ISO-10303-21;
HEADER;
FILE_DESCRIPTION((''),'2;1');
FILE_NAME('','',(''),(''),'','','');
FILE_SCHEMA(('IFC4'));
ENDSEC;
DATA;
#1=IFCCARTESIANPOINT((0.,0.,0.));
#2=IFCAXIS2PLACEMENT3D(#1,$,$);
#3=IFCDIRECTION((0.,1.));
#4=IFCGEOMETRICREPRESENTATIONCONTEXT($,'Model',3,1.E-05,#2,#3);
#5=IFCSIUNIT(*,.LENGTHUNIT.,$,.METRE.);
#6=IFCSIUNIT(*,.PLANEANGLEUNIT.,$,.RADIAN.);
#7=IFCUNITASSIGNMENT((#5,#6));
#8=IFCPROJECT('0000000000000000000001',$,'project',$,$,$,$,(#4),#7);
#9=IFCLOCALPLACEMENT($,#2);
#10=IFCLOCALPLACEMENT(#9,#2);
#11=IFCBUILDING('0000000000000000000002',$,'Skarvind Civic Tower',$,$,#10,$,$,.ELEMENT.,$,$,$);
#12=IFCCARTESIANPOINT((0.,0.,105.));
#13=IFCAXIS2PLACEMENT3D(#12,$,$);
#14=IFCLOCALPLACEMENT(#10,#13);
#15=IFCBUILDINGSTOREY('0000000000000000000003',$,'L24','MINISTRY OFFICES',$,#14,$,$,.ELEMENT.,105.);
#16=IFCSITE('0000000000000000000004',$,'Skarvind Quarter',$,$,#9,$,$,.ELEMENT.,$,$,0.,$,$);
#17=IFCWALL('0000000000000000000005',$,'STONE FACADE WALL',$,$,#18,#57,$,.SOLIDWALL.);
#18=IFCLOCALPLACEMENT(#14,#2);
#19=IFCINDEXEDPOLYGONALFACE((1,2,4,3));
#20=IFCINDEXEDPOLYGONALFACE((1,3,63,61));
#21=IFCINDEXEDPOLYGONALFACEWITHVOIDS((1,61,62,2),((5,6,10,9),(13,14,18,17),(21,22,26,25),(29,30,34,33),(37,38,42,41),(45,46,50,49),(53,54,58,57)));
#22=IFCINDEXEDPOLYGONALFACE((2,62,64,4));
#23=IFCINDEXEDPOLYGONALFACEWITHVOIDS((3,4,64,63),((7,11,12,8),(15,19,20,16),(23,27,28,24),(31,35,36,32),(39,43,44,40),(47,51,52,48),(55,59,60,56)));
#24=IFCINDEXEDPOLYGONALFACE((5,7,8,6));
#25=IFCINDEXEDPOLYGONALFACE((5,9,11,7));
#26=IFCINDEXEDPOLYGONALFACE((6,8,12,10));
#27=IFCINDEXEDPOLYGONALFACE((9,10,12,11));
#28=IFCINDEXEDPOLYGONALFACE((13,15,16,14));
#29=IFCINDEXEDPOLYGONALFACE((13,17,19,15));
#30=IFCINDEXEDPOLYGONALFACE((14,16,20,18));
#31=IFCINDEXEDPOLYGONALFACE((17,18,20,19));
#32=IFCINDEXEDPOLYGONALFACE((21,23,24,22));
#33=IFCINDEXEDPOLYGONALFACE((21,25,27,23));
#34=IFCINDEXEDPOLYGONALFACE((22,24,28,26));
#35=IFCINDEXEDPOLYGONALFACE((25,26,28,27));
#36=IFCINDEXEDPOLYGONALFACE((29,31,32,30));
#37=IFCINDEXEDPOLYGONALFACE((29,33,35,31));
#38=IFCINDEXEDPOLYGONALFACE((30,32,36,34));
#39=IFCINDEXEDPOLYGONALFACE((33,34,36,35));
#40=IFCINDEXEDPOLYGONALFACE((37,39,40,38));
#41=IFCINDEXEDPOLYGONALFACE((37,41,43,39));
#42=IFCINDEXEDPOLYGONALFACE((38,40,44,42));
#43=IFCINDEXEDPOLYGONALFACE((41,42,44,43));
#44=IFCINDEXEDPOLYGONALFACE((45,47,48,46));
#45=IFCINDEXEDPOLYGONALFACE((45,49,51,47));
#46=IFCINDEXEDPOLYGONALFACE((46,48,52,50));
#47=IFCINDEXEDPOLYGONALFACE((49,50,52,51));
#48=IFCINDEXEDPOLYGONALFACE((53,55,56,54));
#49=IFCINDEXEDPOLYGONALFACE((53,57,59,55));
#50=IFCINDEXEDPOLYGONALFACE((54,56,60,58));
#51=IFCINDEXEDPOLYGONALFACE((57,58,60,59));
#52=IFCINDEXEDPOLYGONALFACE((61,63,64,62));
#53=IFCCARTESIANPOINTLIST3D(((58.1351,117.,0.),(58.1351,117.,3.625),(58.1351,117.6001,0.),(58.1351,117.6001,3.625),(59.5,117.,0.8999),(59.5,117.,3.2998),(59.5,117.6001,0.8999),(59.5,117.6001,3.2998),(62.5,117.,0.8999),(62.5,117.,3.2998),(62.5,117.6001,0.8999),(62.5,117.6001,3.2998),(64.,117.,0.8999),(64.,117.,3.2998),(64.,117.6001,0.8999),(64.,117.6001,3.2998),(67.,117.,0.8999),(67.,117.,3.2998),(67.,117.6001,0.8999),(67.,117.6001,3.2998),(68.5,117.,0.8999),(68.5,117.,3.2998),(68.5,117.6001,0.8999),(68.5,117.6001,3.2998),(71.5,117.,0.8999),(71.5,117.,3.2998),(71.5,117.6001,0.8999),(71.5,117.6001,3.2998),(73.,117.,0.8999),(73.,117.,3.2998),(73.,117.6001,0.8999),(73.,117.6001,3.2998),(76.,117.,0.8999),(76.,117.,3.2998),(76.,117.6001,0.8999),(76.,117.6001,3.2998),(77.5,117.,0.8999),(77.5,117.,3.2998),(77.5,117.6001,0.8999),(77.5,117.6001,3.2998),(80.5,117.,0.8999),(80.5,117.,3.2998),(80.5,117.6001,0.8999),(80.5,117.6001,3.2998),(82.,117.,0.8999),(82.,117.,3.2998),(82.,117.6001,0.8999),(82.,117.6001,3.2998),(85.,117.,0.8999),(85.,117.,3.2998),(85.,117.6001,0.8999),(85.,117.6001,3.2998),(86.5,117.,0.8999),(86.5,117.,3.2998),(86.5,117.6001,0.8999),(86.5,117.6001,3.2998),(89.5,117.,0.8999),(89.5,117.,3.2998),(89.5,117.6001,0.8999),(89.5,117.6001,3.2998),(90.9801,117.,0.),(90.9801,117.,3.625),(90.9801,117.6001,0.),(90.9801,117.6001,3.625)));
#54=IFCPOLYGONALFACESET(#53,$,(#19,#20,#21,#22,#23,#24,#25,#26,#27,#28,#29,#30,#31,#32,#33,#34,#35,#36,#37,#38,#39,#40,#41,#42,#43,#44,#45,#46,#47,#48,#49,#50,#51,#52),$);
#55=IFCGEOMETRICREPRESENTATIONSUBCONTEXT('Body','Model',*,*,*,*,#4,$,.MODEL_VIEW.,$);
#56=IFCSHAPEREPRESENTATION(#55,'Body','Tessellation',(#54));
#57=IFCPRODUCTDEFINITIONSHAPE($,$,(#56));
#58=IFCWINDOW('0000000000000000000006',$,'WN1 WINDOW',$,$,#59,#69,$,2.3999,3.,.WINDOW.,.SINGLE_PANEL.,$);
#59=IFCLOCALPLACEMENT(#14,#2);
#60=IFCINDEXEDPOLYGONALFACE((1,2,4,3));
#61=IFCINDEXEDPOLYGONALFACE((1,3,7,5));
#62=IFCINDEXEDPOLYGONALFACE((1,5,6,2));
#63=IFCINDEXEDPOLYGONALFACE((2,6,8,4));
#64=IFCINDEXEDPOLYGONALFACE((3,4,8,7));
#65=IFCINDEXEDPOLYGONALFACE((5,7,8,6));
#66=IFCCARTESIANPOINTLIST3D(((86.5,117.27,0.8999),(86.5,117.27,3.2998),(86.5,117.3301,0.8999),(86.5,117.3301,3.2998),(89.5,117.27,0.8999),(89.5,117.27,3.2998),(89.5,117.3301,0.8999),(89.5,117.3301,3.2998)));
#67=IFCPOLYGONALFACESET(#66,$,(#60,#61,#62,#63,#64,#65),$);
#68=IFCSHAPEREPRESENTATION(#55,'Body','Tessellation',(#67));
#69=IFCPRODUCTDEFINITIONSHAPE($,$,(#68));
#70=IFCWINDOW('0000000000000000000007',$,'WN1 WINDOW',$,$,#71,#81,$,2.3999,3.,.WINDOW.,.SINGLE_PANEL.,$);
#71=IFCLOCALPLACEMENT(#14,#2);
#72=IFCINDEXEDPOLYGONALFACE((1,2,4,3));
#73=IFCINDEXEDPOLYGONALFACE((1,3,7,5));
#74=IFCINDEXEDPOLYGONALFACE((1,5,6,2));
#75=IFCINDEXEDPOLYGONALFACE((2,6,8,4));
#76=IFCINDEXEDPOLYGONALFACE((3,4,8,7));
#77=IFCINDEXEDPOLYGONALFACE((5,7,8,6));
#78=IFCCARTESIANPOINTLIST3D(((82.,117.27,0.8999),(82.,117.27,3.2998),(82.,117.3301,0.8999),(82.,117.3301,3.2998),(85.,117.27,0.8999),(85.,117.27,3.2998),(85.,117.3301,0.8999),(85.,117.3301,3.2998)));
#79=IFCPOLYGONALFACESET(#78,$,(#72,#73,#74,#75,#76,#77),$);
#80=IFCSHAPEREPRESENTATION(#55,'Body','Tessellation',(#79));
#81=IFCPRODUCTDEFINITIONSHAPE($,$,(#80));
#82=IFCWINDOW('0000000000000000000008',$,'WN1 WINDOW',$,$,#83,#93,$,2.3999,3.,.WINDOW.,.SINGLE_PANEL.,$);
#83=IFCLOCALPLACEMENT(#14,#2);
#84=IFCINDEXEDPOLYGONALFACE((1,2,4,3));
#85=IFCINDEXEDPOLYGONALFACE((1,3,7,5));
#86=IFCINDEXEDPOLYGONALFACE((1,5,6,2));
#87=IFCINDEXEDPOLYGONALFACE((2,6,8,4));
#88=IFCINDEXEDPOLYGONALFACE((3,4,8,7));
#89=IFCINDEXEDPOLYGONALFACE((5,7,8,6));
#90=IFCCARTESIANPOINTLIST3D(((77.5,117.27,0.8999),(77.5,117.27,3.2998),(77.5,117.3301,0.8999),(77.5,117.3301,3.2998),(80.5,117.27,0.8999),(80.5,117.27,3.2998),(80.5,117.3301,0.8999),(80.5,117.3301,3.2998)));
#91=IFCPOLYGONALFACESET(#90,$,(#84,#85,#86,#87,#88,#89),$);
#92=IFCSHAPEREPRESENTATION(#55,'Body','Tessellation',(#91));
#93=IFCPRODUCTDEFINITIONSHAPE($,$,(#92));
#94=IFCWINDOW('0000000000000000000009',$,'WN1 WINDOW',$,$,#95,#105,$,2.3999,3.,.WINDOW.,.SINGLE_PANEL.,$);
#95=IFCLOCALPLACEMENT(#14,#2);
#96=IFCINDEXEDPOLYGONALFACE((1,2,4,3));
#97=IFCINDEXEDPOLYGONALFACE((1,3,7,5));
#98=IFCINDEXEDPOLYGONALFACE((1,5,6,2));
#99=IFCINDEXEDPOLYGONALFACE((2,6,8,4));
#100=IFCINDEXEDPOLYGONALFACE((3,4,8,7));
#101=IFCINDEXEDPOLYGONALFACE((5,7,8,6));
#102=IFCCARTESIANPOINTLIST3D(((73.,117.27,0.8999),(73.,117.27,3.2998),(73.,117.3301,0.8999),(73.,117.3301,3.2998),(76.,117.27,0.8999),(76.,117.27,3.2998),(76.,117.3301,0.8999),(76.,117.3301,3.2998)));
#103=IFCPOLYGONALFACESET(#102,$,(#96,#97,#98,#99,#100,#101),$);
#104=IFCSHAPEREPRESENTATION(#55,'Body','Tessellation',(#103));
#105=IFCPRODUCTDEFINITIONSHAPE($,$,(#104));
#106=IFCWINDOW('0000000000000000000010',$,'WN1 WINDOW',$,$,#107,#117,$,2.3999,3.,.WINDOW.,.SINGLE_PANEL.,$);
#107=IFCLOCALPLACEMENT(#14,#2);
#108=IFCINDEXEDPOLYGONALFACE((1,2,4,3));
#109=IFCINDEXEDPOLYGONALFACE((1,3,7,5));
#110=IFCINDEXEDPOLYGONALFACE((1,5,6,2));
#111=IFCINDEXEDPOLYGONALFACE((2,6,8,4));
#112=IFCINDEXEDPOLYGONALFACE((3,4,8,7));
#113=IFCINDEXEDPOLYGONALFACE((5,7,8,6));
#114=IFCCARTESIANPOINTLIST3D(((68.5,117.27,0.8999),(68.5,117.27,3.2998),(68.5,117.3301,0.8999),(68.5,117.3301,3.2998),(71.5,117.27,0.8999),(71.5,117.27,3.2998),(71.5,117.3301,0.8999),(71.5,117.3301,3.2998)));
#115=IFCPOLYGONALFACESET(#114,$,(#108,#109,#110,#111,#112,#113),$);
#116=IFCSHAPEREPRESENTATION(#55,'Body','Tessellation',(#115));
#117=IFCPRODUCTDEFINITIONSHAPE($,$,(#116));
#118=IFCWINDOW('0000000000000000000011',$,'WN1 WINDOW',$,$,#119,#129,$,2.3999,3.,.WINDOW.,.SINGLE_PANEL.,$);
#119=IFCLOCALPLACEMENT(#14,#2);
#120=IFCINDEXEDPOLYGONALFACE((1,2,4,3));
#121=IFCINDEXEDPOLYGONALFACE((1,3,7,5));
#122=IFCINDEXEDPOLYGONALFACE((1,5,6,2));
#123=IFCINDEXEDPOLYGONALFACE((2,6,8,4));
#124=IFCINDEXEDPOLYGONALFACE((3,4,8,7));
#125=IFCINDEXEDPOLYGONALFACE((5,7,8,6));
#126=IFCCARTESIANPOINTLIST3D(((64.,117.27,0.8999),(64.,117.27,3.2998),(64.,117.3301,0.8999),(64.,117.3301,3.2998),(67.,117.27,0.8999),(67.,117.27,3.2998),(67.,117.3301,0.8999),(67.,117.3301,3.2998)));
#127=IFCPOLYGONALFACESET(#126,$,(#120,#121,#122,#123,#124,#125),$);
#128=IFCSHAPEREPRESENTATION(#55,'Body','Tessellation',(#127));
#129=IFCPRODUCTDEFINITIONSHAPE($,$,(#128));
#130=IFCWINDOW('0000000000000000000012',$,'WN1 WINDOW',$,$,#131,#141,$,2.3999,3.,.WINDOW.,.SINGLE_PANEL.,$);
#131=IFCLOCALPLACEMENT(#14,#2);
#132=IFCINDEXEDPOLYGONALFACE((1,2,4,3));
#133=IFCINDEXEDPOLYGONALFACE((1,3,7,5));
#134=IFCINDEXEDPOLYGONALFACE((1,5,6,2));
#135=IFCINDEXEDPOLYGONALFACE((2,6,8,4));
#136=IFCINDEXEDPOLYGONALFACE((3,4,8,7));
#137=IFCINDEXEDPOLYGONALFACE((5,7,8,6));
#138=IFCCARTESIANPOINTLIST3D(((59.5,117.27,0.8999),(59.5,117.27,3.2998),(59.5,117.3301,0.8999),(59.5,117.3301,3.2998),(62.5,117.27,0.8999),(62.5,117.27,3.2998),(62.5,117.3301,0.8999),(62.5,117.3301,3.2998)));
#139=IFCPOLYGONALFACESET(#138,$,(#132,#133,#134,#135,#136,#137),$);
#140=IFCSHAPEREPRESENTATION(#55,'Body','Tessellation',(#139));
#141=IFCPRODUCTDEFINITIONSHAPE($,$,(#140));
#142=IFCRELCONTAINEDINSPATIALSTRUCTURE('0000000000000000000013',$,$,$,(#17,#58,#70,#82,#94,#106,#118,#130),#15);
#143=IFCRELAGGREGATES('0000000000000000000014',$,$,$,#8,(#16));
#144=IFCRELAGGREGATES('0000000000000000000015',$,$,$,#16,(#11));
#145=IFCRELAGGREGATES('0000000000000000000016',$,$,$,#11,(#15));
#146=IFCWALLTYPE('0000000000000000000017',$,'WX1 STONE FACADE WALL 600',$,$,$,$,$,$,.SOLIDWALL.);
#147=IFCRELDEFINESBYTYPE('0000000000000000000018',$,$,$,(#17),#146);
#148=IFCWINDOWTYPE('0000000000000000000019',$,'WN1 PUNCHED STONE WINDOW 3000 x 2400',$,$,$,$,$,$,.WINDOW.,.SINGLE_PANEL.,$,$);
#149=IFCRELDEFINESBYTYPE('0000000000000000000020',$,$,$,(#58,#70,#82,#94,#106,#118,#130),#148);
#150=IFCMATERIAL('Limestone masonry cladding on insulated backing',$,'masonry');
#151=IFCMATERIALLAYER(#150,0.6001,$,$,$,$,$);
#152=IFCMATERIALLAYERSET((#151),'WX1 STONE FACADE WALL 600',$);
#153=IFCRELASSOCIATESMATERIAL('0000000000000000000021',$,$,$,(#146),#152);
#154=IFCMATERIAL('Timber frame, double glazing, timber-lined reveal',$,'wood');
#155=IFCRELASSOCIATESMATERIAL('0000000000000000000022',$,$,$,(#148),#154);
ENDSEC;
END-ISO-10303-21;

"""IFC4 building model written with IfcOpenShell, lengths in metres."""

from ifc_helpers import new_model, si_unit, direction, frame, frame_2d, origin, place, context, subcontext, project, spatial, rectangle, extrude, material, layer, layer_set, type_object, element, fill, save


model = new_model("IFC4")

# Units and contexts
model_context = context("Model", 3, precision=1e-05, world=origin(), true_north=direction((0.0, 1.0)))
body_context = subcontext(model_context, "Body", "Model", "MODEL_VIEW")
ifc_project = project(units=[si_unit("LENGTHUNIT", "METRE"), si_unit("PLANEANGLEUNIT", "RADIAN")], contexts=[model_context])

# Site, building, storey
site_placement = place(None, origin())
site = spatial("IfcSite", under=ifc_project, at=site_placement, Name="Skarvind Quarter", CompositionType="ELEMENT", RefElevation=0.0)
building_placement = place(site_placement, origin())
building = spatial("IfcBuilding", under=site, at=building_placement, Name="Skarvind Civic Tower", CompositionType="ELEMENT")
storey_placement = place(building_placement, frame((0.0, 0.0, 105.0)))
storey = spatial("IfcBuildingStorey", under=building, at=storey_placement, Name="L24", Description="MINISTRY OFFICES", CompositionType="ELEMENT", Elevation=105.0)

# Wall, openings, windows
ifc_material_1 = material(Name="Limestone masonry cladding on insulated backing", Category="masonry")
ifc_layer_1 = layer(ifc_material_1, 0.6001)
ifc_layer_set_1 = layer_set([ifc_layer_1], Name="WX1 STONE FACADE WALL 600")
wall_type_1 = type_object("IfcWallType", Name="WX1 STONE FACADE WALL 600", PredefinedType="SOLIDWALL", material=ifc_layer_set_1)
wall_1_placement = place(storey_placement, frame((90.98, 117.3, 0.0), z_axis=(0.0, 0.0, 1.0), x_axis=(-1.0, 0.0, 0.0)))
wall_1 = element("IfcWall", 1, at=wall_1_placement, inside=storey, type_object=wall_type_1, Name="STONE FACADE WALL", PredefinedType="SOLIDWALL", context=body_context, shape_type="SweptSolid", body=[
    extrude(rectangle(XDim=32.845, YDim=0.6001, at=frame_2d((16.4224, 0.0))), origin(), (0.0, 0.0, 1.0), 3.625),
])
opening_1_placement = place(wall_1_placement, frame((1.48, 0.0, 0.8999)))
opening_1 = element("IfcOpeningElement", 2, at=opening_1_placement, cuts=wall_1, PredefinedType="OPENING", context=body_context, shape_type="SweptSolid", body=[
    extrude(rectangle(XDim=3.0, YDim=2.3999, at=frame_2d((1.5, 1.2))), frame((0.0, 0.3101, 0.0), z_axis=(0.0, -1.0, 0.0), x_axis=(1.0, 0.0, 0.0)), (0.0, 0.0, 1.0), 0.6201),
])
opening_2_placement = place(wall_1_placement, frame((5.98, 0.0, 0.8999)))
opening_2 = element("IfcOpeningElement", 3, at=opening_2_placement, cuts=wall_1, PredefinedType="OPENING", context=body_context, shape_type="SweptSolid", body=[
    extrude(rectangle(XDim=3.0, YDim=2.3999, at=frame_2d((1.5, 1.2))), frame((0.0, 0.3101, 0.0), z_axis=(0.0, -1.0, 0.0), x_axis=(1.0, 0.0, 0.0)), (0.0, 0.0, 1.0), 0.6201),
])
opening_3_placement = place(wall_1_placement, frame((10.48, 0.0, 0.8999)))
opening_3 = element("IfcOpeningElement", 4, at=opening_3_placement, cuts=wall_1, PredefinedType="OPENING", context=body_context, shape_type="SweptSolid", body=[
    extrude(rectangle(XDim=3.0, YDim=2.3999, at=frame_2d((1.5, 1.2))), frame((0.0, 0.3101, 0.0), z_axis=(0.0, -1.0, 0.0), x_axis=(1.0, 0.0, 0.0)), (0.0, 0.0, 1.0), 0.6201),
])
opening_4_placement = place(wall_1_placement, frame((14.98, 0.0, 0.8999)))
opening_4 = element("IfcOpeningElement", 5, at=opening_4_placement, cuts=wall_1, PredefinedType="OPENING", context=body_context, shape_type="SweptSolid", body=[
    extrude(rectangle(XDim=3.0, YDim=2.3999, at=frame_2d((1.5, 1.2))), frame((0.0, 0.3101, 0.0), z_axis=(0.0, -1.0, 0.0), x_axis=(1.0, 0.0, 0.0)), (0.0, 0.0, 1.0), 0.6201),
])
opening_5_placement = place(wall_1_placement, frame((19.48, 0.0, 0.8999)))
opening_5 = element("IfcOpeningElement", 6, at=opening_5_placement, cuts=wall_1, PredefinedType="OPENING", context=body_context, shape_type="SweptSolid", body=[
    extrude(rectangle(XDim=3.0, YDim=2.3999, at=frame_2d((1.5, 1.2))), frame((0.0, 0.3101, 0.0), z_axis=(0.0, -1.0, 0.0), x_axis=(1.0, 0.0, 0.0)), (0.0, 0.0, 1.0), 0.6201),
])
opening_6_placement = place(wall_1_placement, frame((23.98, 0.0, 0.8999)))
opening_6 = element("IfcOpeningElement", 7, at=opening_6_placement, cuts=wall_1, PredefinedType="OPENING", context=body_context, shape_type="SweptSolid", body=[
    extrude(rectangle(XDim=3.0, YDim=2.3999, at=frame_2d((1.5, 1.2))), frame((0.0, 0.3101, 0.0), z_axis=(0.0, -1.0, 0.0), x_axis=(1.0, 0.0, 0.0)), (0.0, 0.0, 1.0), 0.6201),
])
opening_7_placement = place(wall_1_placement, frame((28.48, 0.0, 0.8999)))
opening_7 = element("IfcOpeningElement", 8, at=opening_7_placement, cuts=wall_1, PredefinedType="OPENING", context=body_context, shape_type="SweptSolid", body=[
    extrude(rectangle(XDim=3.0, YDim=2.3999, at=frame_2d((1.5, 1.2))), frame((0.0, 0.3101, 0.0), z_axis=(0.0, -1.0, 0.0), x_axis=(1.0, 0.0, 0.0)), (0.0, 0.0, 1.0), 0.6201),
])
ifc_material_2 = material(Name="Timber frame, double glazing, timber-lined reveal", Category="wood")
window_type = type_object("IfcWindowType", Name="WN1 PUNCHED STONE WINDOW 3000 x 2400", PartitioningType="SINGLE_PANEL", PredefinedType="WINDOW", material=ifc_material_2)
window_1_placement = place(opening_1_placement, origin())
window_1 = element("IfcWindow", 9, at=window_1_placement, inside=storey, type_object=window_type, Name="WN1 WINDOW", OverallHeight=2.3999, OverallWidth=3.0, PartitioningType="SINGLE_PANEL", PredefinedType="WINDOW", context=body_context, shape_type="SweptSolid", body=[
    extrude(rectangle(XDim=3.0, YDim=2.3999, at=frame_2d((1.5, 1.2))), frame((0.0, 0.03, 0.0), z_axis=(0.0, -1.0, 0.0), x_axis=(1.0, 0.0, 0.0)), (0.0, 0.0, 1.0), 0.0601),
])
fill(opening_1, window_1)
window_2_placement = place(opening_2_placement, origin())
window_2 = element("IfcWindow", 10, at=window_2_placement, inside=storey, type_object=window_type, Name="WN1 WINDOW", OverallHeight=2.3999, OverallWidth=3.0, PartitioningType="SINGLE_PANEL", PredefinedType="WINDOW", context=body_context, shape_type="SweptSolid", body=[
    extrude(rectangle(XDim=3.0, YDim=2.3999, at=frame_2d((1.5, 1.2))), frame((0.0, 0.03, 0.0), z_axis=(0.0, -1.0, 0.0), x_axis=(1.0, 0.0, 0.0)), (0.0, 0.0, 1.0), 0.0601),
])
fill(opening_2, window_2)
window_3_placement = place(opening_3_placement, origin())
window_3 = element("IfcWindow", 11, at=window_3_placement, inside=storey, type_object=window_type, Name="WN1 WINDOW", OverallHeight=2.3999, OverallWidth=3.0, PartitioningType="SINGLE_PANEL", PredefinedType="WINDOW", context=body_context, shape_type="SweptSolid", body=[
    extrude(rectangle(XDim=3.0, YDim=2.3999, at=frame_2d((1.5, 1.2))), frame((0.0, 0.03, 0.0), z_axis=(0.0, -1.0, 0.0), x_axis=(1.0, 0.0, 0.0)), (0.0, 0.0, 1.0), 0.0601),
])
fill(opening_3, window_3)
window_4_placement = place(opening_4_placement, origin())
window_4 = element("IfcWindow", 12, at=window_4_placement, inside=storey, type_object=window_type, Name="WN1 WINDOW", OverallHeight=2.3999, OverallWidth=3.0, PartitioningType="SINGLE_PANEL", PredefinedType="WINDOW", context=body_context, shape_type="SweptSolid", body=[
    extrude(rectangle(XDim=3.0, YDim=2.3999, at=frame_2d((1.5, 1.2))), frame((0.0, 0.03, 0.0), z_axis=(0.0, -1.0, 0.0), x_axis=(1.0, 0.0, 0.0)), (0.0, 0.0, 1.0), 0.0601),
])
fill(opening_4, window_4)
window_5_placement = place(opening_5_placement, origin())
window_5 = element("IfcWindow", 13, at=window_5_placement, inside=storey, type_object=window_type, Name="WN1 WINDOW", OverallHeight=2.3999, OverallWidth=3.0, PartitioningType="SINGLE_PANEL", PredefinedType="WINDOW", context=body_context, shape_type="SweptSolid", body=[
    extrude(rectangle(XDim=3.0, YDim=2.3999, at=frame_2d((1.5, 1.2))), frame((0.0, 0.03, 0.0), z_axis=(0.0, -1.0, 0.0), x_axis=(1.0, 0.0, 0.0)), (0.0, 0.0, 1.0), 0.0601),
])
fill(opening_5, window_5)
window_6_placement = place(opening_6_placement, origin())
window_6 = element("IfcWindow", 14, at=window_6_placement, inside=storey, type_object=window_type, Name="WN1 WINDOW", OverallHeight=2.3999, OverallWidth=3.0, PartitioningType="SINGLE_PANEL", PredefinedType="WINDOW", context=body_context, shape_type="SweptSolid", body=[
    extrude(rectangle(XDim=3.0, YDim=2.3999, at=frame_2d((1.5, 1.2))), frame((0.0, 0.03, 0.0), z_axis=(0.0, -1.0, 0.0), x_axis=(1.0, 0.0, 0.0)), (0.0, 0.0, 1.0), 0.0601),
])
fill(opening_6, window_6)
window_7_placement = place(opening_7_placement, origin())
window_7 = element("IfcWindow", 15, at=window_7_placement, inside=storey, type_object=window_type, Name="WN1 WINDOW", OverallHeight=2.3999, OverallWidth=3.0, PartitioningType="SINGLE_PANEL", PredefinedType="WINDOW", context=body_context, shape_type="SweptSolid", body=[
    extrude(rectangle(XDim=3.0, YDim=2.3999, at=frame_2d((1.5, 1.2))), frame((0.0, 0.03, 0.0), z_axis=(0.0, -1.0, 0.0), x_axis=(1.0, 0.0, 0.0)), (0.0, 0.0, 1.0), 0.0601),
])
fill(opening_7, window_7)

save(model, "model.ifc")
